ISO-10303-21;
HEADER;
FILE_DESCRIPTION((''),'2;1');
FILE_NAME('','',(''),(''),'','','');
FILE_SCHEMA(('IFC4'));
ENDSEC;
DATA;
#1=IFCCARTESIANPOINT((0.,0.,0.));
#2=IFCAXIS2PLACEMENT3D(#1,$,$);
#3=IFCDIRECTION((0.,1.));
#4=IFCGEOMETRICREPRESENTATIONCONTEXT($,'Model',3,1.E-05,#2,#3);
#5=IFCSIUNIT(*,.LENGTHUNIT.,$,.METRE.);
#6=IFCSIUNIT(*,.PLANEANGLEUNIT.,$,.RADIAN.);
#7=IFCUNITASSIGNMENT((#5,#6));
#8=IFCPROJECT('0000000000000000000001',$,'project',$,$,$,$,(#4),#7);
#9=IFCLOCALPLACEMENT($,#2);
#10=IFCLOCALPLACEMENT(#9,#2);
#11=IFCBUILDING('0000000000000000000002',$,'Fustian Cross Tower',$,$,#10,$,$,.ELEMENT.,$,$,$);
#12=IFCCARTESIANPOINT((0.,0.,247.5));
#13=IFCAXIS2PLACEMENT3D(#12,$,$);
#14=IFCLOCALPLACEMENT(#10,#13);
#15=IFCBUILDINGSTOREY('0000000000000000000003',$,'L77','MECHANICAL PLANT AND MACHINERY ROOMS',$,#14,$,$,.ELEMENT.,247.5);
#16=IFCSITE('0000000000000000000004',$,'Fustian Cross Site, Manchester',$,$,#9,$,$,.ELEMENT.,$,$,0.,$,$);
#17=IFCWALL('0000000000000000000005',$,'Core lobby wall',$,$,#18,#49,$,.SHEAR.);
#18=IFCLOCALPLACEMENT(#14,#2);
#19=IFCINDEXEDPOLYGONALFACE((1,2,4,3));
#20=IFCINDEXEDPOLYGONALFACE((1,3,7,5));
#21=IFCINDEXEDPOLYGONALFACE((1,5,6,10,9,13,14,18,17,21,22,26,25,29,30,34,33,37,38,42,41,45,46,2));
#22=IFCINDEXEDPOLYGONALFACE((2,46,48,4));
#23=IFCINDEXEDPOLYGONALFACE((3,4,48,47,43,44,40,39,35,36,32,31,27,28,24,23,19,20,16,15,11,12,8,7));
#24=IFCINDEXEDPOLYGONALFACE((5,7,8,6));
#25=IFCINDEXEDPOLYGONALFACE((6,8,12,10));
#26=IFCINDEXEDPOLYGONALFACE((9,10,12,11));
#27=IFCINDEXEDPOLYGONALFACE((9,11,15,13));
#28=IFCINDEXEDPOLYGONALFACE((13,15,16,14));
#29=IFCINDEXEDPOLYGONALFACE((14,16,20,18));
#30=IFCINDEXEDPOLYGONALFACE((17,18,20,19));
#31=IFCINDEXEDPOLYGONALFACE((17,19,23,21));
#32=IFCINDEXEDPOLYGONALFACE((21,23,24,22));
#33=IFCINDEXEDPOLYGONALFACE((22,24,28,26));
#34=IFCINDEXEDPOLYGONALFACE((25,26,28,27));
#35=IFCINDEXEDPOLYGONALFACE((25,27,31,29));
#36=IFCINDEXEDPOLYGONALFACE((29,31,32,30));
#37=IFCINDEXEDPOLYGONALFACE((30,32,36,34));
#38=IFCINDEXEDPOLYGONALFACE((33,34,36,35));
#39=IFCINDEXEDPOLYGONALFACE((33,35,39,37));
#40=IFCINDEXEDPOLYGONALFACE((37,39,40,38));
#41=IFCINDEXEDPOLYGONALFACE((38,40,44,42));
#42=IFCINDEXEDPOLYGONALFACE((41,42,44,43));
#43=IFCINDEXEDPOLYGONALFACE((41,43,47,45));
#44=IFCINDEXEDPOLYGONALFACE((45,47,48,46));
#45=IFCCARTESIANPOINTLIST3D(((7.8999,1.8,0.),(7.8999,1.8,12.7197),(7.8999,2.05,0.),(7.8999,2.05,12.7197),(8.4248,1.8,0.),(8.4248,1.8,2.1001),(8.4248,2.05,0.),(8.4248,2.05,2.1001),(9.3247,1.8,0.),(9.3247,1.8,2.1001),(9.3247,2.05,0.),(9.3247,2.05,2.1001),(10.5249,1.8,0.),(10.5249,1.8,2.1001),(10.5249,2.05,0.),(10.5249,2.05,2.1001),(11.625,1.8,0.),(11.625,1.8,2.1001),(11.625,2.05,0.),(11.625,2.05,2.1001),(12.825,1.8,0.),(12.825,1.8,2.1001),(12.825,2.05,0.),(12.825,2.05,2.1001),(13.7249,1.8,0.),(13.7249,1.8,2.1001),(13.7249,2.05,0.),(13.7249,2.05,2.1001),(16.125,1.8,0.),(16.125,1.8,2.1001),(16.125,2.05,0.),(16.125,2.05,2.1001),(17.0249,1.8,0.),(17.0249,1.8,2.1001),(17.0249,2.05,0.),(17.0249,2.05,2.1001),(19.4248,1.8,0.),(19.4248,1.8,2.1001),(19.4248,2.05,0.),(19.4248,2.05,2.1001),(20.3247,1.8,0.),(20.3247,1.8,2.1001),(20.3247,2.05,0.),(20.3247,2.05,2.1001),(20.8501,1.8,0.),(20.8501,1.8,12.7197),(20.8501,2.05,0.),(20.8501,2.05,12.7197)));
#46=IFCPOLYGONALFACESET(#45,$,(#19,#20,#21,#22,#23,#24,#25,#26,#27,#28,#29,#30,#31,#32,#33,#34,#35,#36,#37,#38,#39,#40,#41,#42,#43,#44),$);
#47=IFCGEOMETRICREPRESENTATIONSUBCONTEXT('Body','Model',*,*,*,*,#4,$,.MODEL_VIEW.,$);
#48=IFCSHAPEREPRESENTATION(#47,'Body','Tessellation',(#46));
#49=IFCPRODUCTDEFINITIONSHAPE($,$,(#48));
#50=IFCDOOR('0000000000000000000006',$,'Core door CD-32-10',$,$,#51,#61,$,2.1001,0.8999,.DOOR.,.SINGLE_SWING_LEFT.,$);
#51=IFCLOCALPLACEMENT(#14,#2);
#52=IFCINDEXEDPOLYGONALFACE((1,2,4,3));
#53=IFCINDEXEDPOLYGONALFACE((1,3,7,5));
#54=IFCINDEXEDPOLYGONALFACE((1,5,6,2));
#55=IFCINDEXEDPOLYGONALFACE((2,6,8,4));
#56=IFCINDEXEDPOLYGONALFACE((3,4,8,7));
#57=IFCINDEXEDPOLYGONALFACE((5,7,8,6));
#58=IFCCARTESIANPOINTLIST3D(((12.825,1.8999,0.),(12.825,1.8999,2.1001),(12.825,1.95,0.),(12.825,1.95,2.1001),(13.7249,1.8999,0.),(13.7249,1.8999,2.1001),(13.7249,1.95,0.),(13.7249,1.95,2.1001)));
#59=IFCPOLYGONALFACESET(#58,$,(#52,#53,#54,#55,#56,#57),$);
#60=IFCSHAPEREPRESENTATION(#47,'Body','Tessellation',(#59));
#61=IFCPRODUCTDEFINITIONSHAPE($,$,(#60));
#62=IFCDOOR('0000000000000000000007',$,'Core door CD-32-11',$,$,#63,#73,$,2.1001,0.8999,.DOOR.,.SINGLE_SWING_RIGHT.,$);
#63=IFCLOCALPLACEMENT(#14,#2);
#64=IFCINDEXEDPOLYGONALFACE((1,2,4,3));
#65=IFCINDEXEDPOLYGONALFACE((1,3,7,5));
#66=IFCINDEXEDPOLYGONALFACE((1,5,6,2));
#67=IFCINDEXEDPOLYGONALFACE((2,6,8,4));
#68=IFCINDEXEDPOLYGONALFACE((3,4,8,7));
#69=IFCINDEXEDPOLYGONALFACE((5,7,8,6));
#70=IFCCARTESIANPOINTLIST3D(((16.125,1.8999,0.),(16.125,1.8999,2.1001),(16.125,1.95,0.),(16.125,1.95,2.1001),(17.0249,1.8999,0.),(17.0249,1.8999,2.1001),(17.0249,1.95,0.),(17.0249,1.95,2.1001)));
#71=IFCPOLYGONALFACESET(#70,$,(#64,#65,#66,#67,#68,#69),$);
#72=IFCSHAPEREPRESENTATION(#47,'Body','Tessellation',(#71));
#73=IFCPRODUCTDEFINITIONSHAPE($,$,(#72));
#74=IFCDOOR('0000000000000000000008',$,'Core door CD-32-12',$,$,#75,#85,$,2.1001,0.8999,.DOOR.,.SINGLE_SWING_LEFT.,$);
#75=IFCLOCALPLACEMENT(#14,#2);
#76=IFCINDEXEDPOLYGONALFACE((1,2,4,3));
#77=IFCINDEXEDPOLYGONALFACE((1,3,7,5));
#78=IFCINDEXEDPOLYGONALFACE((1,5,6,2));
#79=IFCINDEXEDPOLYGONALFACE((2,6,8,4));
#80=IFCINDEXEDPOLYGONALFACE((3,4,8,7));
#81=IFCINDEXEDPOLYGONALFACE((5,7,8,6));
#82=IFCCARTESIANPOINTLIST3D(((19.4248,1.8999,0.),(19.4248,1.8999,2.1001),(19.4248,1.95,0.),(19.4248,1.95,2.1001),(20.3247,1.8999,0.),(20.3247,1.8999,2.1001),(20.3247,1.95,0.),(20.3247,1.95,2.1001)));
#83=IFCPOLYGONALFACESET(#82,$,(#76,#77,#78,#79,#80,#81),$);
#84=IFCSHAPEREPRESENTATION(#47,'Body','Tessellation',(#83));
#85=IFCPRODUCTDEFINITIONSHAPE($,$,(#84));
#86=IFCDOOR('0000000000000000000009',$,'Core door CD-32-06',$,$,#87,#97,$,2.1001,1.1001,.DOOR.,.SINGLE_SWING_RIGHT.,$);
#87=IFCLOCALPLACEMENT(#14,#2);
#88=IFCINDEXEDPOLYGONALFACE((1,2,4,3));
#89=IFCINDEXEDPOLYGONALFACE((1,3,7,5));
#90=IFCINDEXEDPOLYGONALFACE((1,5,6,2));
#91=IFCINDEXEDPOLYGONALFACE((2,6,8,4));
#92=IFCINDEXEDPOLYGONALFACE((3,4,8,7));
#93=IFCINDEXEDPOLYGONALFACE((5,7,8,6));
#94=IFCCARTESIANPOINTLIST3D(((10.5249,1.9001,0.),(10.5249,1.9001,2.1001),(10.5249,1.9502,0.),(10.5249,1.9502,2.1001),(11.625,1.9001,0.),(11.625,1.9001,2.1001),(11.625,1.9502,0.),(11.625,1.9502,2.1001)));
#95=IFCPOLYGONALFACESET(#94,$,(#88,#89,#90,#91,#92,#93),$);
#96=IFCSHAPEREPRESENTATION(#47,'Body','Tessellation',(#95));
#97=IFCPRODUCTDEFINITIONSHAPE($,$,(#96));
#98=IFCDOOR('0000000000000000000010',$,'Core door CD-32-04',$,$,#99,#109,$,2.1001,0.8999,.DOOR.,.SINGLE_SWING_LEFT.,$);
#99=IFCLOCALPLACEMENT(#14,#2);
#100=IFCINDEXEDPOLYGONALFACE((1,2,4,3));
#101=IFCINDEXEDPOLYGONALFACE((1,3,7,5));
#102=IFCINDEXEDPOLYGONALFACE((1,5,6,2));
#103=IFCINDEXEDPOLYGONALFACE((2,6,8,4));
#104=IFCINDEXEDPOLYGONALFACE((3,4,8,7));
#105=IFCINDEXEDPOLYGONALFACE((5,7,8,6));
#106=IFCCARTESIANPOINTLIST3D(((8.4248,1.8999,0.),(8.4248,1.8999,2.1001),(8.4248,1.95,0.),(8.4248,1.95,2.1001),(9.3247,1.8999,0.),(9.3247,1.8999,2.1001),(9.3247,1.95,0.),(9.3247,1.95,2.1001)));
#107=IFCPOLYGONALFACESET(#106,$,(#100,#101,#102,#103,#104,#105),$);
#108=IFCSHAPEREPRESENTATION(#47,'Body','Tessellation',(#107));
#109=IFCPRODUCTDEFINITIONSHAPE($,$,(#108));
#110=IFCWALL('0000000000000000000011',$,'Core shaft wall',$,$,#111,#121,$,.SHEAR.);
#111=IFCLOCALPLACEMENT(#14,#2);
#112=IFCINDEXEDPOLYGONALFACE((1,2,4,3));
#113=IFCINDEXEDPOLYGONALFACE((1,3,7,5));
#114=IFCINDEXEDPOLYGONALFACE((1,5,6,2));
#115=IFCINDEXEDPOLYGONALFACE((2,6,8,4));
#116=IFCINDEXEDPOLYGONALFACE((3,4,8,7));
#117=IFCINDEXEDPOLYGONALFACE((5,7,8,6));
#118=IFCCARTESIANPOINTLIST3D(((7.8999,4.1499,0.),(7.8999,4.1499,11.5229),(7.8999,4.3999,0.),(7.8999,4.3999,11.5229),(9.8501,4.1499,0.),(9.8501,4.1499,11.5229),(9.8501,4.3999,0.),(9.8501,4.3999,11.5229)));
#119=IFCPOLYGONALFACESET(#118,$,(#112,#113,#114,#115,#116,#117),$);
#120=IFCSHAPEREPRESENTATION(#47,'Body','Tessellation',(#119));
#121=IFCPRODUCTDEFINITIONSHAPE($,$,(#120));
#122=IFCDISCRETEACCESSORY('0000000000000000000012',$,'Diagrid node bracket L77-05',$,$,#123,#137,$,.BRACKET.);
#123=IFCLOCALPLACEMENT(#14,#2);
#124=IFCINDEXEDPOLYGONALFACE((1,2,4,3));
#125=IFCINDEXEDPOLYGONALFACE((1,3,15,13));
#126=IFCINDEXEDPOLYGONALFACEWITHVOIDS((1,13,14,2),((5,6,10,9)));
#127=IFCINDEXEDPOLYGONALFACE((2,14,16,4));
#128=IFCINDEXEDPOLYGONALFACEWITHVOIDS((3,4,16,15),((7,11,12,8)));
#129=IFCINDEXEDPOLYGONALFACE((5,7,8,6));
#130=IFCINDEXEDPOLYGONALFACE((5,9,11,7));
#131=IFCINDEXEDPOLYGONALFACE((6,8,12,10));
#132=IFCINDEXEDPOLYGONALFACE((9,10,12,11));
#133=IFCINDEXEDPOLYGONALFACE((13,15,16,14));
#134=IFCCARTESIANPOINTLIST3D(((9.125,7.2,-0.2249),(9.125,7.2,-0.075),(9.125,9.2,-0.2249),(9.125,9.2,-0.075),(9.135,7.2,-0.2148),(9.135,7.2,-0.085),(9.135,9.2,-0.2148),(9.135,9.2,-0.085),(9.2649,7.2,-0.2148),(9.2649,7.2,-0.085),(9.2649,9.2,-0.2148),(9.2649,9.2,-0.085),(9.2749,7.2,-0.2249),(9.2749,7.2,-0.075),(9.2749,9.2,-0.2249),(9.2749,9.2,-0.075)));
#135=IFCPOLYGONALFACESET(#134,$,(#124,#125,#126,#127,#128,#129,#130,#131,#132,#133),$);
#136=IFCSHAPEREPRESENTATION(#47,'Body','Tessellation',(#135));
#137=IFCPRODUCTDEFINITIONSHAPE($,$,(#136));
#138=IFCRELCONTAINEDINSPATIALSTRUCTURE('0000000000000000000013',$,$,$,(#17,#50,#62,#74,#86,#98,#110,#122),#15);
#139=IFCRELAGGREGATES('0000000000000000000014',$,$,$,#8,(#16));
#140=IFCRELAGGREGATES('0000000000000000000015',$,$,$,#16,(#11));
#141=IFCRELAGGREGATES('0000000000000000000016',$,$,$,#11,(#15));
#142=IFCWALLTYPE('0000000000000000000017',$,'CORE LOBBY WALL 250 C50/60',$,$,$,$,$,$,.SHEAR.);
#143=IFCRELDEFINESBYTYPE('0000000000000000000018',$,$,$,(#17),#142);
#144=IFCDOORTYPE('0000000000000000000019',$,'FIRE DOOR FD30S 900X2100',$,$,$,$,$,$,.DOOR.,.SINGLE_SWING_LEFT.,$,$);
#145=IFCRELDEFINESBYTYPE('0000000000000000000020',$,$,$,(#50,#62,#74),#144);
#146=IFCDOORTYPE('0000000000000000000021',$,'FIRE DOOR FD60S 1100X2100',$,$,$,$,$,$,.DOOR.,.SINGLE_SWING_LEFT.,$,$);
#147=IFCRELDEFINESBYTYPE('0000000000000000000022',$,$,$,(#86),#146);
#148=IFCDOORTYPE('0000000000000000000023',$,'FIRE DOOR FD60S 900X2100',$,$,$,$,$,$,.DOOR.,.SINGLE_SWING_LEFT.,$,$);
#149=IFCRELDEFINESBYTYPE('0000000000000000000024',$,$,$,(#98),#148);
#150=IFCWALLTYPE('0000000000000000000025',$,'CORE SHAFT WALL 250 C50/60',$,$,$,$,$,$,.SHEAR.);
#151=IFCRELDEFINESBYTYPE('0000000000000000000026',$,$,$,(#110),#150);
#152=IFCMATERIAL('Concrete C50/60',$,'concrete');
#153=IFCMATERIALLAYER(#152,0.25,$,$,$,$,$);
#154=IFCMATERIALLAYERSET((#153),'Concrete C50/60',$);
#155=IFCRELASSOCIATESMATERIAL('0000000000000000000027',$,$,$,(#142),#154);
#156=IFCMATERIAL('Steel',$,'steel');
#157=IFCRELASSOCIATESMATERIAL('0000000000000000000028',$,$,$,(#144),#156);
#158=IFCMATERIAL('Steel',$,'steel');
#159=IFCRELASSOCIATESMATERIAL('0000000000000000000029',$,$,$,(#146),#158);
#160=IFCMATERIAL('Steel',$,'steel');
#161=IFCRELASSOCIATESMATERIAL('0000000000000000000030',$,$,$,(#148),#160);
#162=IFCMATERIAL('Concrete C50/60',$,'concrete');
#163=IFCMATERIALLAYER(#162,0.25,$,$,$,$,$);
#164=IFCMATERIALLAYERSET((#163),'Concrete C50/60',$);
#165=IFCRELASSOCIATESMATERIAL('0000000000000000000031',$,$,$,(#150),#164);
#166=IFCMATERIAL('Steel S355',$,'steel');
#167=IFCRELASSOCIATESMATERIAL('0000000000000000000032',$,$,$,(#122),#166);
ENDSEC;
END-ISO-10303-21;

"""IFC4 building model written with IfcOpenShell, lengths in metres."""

from ifc_helpers import new_model, si_unit, direction, frame, frame_2d, origin, origin_2d, place, context, subcontext, project, spatial, rectangle, hollow_rectangle, extrude, material, layer, layer_set, type_object, element, fill, save


model = new_model("IFC4")

# Units and contexts
model_context = context("Model", 3, precision=1e-05, world=origin(), true_north=direction((0.0, 1.0)))
body_context = subcontext(model_context, "Body", "Model", "MODEL_VIEW")
ifc_project = project(units=[si_unit("LENGTHUNIT", "METRE"), si_unit("PLANEANGLEUNIT", "RADIAN")], contexts=[model_context])

# Site, building, storey
site_placement = place(None, origin())
site = spatial("IfcSite", under=ifc_project, at=site_placement, Name="Fustian Cross Site, Manchester", CompositionType="ELEMENT", RefElevation=0.0)
building_placement = place(site_placement, origin())
building = spatial("IfcBuilding", under=site, at=building_placement, Name="Fustian Cross Tower", CompositionType="ELEMENT")
storey_placement = place(building_placement, frame((0.0, 0.0, 247.5)))
storey = spatial("IfcBuildingStorey", under=building, at=storey_placement, Name="L77", Description="MECHANICAL PLANT AND MACHINERY ROOMS", CompositionType="ELEMENT", Elevation=247.5)

# Wall, openings, doors
ifc_material_1 = material(Name="Concrete C50/60", Category="concrete")
ifc_layer_1 = layer(ifc_material_1, 0.25)
ifc_layer_set_1 = layer_set([ifc_layer_1], Name="Concrete C50/60")
wall_type_1 = type_object("IfcWallType", Name="CORE LOBBY WALL 250 C50/60", PredefinedType="SHEAR", material=ifc_layer_set_1)
wall_1_placement = place(storey_placement, frame((7.8999, 1.925, 0.0), z_axis=(0.0, 0.0, 1.0), x_axis=(1.0, 0.0, 0.0)))
wall_1 = element("IfcWall", 1, at=wall_1_placement, inside=storey, type_object=wall_type_1, Name="Core lobby wall", PredefinedType="SHEAR", context=body_context, shape_type="SweptSolid", body=[
    extrude(rectangle(XDim=12.9502, YDim=0.25, at=frame_2d((6.4751, 0.0))), origin(), (0.0, 0.0, 1.0), 12.7197),
])
opening_1_placement = place(wall_1_placement, frame((0.5249, 0.0, 0.0)))
opening_1 = element("IfcOpeningElement", 2, at=opening_1_placement, cuts=wall_1, PredefinedType="OPENING", context=body_context, shape_type="SweptSolid", body=[
    extrude(rectangle(XDim=0.8999, YDim=2.1001, at=frame_2d((0.45, 1.05))), frame((0.0, 0.135, 0.0), z_axis=(0.0, -1.0, 0.0), x_axis=(1.0, 0.0, 0.0)), (0.0, 0.0, 1.0), 0.27),
])
opening_2_placement = place(wall_1_placement, frame((2.625, 0.0, 0.0)))
opening_2 = element("IfcOpeningElement", 3, at=opening_2_placement, cuts=wall_1, PredefinedType="OPENING", context=body_context, shape_type="SweptSolid", body=[
    extrude(rectangle(XDim=1.1001, YDim=2.1001, at=frame_2d((0.55, 1.05))), frame((0.0, 0.135, 0.0), z_axis=(0.0, -1.0, 0.0), x_axis=(1.0, 0.0, 0.0)), (0.0, 0.0, 1.0), 0.27),
])
opening_3_placement = place(wall_1_placement, frame((4.925, 0.0, 0.0)))
opening_3 = element("IfcOpeningElement", 4, at=opening_3_placement, cuts=wall_1, PredefinedType="OPENING", context=body_context, shape_type="SweptSolid", body=[
    extrude(rectangle(XDim=0.8999, YDim=2.1001, at=frame_2d((0.45, 1.05))), frame((0.0, 0.135, 0.0), z_axis=(0.0, -1.0, 0.0), x_axis=(1.0, 0.0, 0.0)), (0.0, 0.0, 1.0), 0.27),
])
opening_4_placement = place(wall_1_placement, frame((8.2251, 0.0, 0.0)))
opening_4 = element("IfcOpeningElement", 5, at=opening_4_placement, cuts=wall_1, PredefinedType="OPENING", context=body_context, shape_type="SweptSolid", body=[
    extrude(rectangle(XDim=0.8999, YDim=2.1001, at=frame_2d((0.45, 1.05))), frame((0.0, 0.135, 0.0), z_axis=(0.0, -1.0, 0.0), x_axis=(1.0, 0.0, 0.0)), (0.0, 0.0, 1.0), 0.27),
])
opening_5_placement = place(wall_1_placement, frame((11.5249, 0.0, 0.0)))
opening_5 = element("IfcOpeningElement", 6, at=opening_5_placement, cuts=wall_1, PredefinedType="OPENING", context=body_context, shape_type="SweptSolid", body=[
    extrude(rectangle(XDim=0.8999, YDim=2.1001, at=frame_2d((0.45, 1.05))), frame((0.0, 0.135, 0.0), z_axis=(0.0, -1.0, 0.0), x_axis=(1.0, 0.0, 0.0)), (0.0, 0.0, 1.0), 0.27),
])
ifc_material_2 = material(Name="Steel", Category="steel")
door_type_1 = type_object("IfcDoorType", Name="FIRE DOOR FD30S 900X2100", OperationType="SINGLE_SWING_LEFT", PredefinedType="DOOR", material=ifc_material_2)
door_1_placement = place(opening_3_placement, origin())
door_1 = element("IfcDoor", 7, at=door_1_placement, inside=storey, type_object=door_type_1, Name="Core door CD-32-10", OperationType="SINGLE_SWING_LEFT", OverallHeight=2.1001, OverallWidth=0.8999, PredefinedType="DOOR", context=body_context, shape_type="SweptSolid", body=[
    extrude(rectangle(XDim=0.8999, YDim=2.1001, at=frame_2d((0.45, 1.05))), frame((0.0, 0.0249, 0.0), z_axis=(0.0, -1.0, 0.0), x_axis=(1.0, 0.0, 0.0)), (0.0, 0.0, 1.0), 0.05),
])
fill(opening_3, door_1)
door_2_placement = place(opening_4_placement, origin())
door_2 = element("IfcDoor", 8, at=door_2_placement, inside=storey, type_object=door_type_1, Name="Core door CD-32-11", OperationType="SINGLE_SWING_RIGHT", OverallHeight=2.1001, OverallWidth=0.8999, PredefinedType="DOOR", context=body_context, shape_type="SweptSolid", body=[
    extrude(rectangle(XDim=0.8999, YDim=2.1001, at=frame_2d((0.45, 1.05))), frame((0.0, 0.0249, 0.0), z_axis=(0.0, -1.0, 0.0), x_axis=(1.0, 0.0, 0.0)), (0.0, 0.0, 1.0), 0.05),
])
fill(opening_4, door_2)
door_3_placement = place(opening_5_placement, origin())
door_3 = element("IfcDoor", 9, at=door_3_placement, inside=storey, type_object=door_type_1, Name="Core door CD-32-12", OperationType="SINGLE_SWING_LEFT", OverallHeight=2.1001, OverallWidth=0.8999, PredefinedType="DOOR", context=body_context, shape_type="SweptSolid", body=[
    extrude(rectangle(XDim=0.8999, YDim=2.1001, at=frame_2d((0.45, 1.05))), frame((0.0, 0.0249, 0.0), z_axis=(0.0, -1.0, 0.0), x_axis=(1.0, 0.0, 0.0)), (0.0, 0.0, 1.0), 0.05),
])
fill(opening_5, door_3)
ifc_material_3 = material(Name="Steel", Category="steel")
door_type_2 = type_object("IfcDoorType", Name="FIRE DOOR FD60S 1100X2100", OperationType="SINGLE_SWING_LEFT", PredefinedType="DOOR", material=ifc_material_3)
door_4_placement = place(opening_2_placement, frame((1.1001, 0.0, 0.0), z_axis=(0.0, 0.0, 1.0), x_axis=(-1.0, 0.0, 0.0)))
door_4 = element("IfcDoor", 10, at=door_4_placement, inside=storey, type_object=door_type_2, Name="Core door CD-32-06", OperationType="SINGLE_SWING_RIGHT", OverallHeight=2.1001, OverallWidth=1.1001, PredefinedType="DOOR", context=body_context, shape_type="SweptSolid", body=[
    extrude(rectangle(XDim=1.1001, YDim=2.1001, at=frame_2d((0.55, 1.05))), frame((0.0, 0.0249, 0.0), z_axis=(0.0, -1.0, 0.0), x_axis=(1.0, 0.0, 0.0)), (0.0, 0.0, 1.0), 0.05),
])
fill(opening_2, door_4)
ifc_material_4 = material(Name="Steel", Category="steel")
door_type_3 = type_object("IfcDoorType", Name="FIRE DOOR FD60S 900X2100", OperationType="SINGLE_SWING_LEFT", PredefinedType="DOOR", material=ifc_material_4)
door_5_placement = place(opening_1_placement, origin())
door_5 = element("IfcDoor", 11, at=door_5_placement, inside=storey, type_object=door_type_3, Name="Core door CD-32-04", OperationType="SINGLE_SWING_LEFT", OverallHeight=2.1001, OverallWidth=0.8999, PredefinedType="DOOR", context=body_context, shape_type="SweptSolid", body=[
    extrude(rectangle(XDim=0.8999, YDim=2.1001, at=frame_2d((0.45, 1.05))), frame((0.0, 0.0249, 0.0), z_axis=(0.0, -1.0, 0.0), x_axis=(1.0, 0.0, 0.0)), (0.0, 0.0, 1.0), 0.05),
])
fill(opening_1, door_5)

# Wall
ifc_material_5 = material(Name="Concrete C50/60", Category="concrete")
ifc_layer_2 = layer(ifc_material_5, 0.25)
ifc_layer_set_2 = layer_set([ifc_layer_2], Name="Concrete C50/60")
wall_type_2 = type_object("IfcWallType", Name="CORE SHAFT WALL 250 C50/60", PredefinedType="SHEAR", material=ifc_layer_set_2)
wall_2_placement = place(storey_placement, frame((7.8999, 4.2749, 0.0), z_axis=(0.0, 0.0, 1.0), x_axis=(1.0, 0.0, 0.0)))
element("IfcWall", 12, at=wall_2_placement, inside=storey, type_object=wall_type_2, Name="Core shaft wall", PredefinedType="SHEAR", context=body_context, shape_type="SweptSolid", body=[
    extrude(rectangle(XDim=1.9502, YDim=0.25, at=frame_2d((0.9751, 0.0))), origin(), (0.0, 0.0, 1.0), 11.5229),
])

# Discrete accessory
ifc_material_6 = material(Name="Steel S355", Category="steel")
discrete_accessory_placement = place(storey_placement, frame((9.2, 9.2, -0.1499), z_axis=(0.0, -1.0, 0.0), x_axis=(1.0, 0.0, 0.0)))
element("IfcDiscreteAccessory", 13, at=discrete_accessory_placement, inside=storey, material=ifc_material_6, Name="Diagrid node bracket L77-05", PredefinedType="BRACKET", context=body_context, shape_type="SweptSolid", body=[
    extrude(hollow_rectangle(XDim=0.1499, YDim=0.1499, WallThickness=0.01, at=origin_2d()), origin(), (0.0, 0.0, 1.0), 2.0),
])

save(model, "model.ifc")
